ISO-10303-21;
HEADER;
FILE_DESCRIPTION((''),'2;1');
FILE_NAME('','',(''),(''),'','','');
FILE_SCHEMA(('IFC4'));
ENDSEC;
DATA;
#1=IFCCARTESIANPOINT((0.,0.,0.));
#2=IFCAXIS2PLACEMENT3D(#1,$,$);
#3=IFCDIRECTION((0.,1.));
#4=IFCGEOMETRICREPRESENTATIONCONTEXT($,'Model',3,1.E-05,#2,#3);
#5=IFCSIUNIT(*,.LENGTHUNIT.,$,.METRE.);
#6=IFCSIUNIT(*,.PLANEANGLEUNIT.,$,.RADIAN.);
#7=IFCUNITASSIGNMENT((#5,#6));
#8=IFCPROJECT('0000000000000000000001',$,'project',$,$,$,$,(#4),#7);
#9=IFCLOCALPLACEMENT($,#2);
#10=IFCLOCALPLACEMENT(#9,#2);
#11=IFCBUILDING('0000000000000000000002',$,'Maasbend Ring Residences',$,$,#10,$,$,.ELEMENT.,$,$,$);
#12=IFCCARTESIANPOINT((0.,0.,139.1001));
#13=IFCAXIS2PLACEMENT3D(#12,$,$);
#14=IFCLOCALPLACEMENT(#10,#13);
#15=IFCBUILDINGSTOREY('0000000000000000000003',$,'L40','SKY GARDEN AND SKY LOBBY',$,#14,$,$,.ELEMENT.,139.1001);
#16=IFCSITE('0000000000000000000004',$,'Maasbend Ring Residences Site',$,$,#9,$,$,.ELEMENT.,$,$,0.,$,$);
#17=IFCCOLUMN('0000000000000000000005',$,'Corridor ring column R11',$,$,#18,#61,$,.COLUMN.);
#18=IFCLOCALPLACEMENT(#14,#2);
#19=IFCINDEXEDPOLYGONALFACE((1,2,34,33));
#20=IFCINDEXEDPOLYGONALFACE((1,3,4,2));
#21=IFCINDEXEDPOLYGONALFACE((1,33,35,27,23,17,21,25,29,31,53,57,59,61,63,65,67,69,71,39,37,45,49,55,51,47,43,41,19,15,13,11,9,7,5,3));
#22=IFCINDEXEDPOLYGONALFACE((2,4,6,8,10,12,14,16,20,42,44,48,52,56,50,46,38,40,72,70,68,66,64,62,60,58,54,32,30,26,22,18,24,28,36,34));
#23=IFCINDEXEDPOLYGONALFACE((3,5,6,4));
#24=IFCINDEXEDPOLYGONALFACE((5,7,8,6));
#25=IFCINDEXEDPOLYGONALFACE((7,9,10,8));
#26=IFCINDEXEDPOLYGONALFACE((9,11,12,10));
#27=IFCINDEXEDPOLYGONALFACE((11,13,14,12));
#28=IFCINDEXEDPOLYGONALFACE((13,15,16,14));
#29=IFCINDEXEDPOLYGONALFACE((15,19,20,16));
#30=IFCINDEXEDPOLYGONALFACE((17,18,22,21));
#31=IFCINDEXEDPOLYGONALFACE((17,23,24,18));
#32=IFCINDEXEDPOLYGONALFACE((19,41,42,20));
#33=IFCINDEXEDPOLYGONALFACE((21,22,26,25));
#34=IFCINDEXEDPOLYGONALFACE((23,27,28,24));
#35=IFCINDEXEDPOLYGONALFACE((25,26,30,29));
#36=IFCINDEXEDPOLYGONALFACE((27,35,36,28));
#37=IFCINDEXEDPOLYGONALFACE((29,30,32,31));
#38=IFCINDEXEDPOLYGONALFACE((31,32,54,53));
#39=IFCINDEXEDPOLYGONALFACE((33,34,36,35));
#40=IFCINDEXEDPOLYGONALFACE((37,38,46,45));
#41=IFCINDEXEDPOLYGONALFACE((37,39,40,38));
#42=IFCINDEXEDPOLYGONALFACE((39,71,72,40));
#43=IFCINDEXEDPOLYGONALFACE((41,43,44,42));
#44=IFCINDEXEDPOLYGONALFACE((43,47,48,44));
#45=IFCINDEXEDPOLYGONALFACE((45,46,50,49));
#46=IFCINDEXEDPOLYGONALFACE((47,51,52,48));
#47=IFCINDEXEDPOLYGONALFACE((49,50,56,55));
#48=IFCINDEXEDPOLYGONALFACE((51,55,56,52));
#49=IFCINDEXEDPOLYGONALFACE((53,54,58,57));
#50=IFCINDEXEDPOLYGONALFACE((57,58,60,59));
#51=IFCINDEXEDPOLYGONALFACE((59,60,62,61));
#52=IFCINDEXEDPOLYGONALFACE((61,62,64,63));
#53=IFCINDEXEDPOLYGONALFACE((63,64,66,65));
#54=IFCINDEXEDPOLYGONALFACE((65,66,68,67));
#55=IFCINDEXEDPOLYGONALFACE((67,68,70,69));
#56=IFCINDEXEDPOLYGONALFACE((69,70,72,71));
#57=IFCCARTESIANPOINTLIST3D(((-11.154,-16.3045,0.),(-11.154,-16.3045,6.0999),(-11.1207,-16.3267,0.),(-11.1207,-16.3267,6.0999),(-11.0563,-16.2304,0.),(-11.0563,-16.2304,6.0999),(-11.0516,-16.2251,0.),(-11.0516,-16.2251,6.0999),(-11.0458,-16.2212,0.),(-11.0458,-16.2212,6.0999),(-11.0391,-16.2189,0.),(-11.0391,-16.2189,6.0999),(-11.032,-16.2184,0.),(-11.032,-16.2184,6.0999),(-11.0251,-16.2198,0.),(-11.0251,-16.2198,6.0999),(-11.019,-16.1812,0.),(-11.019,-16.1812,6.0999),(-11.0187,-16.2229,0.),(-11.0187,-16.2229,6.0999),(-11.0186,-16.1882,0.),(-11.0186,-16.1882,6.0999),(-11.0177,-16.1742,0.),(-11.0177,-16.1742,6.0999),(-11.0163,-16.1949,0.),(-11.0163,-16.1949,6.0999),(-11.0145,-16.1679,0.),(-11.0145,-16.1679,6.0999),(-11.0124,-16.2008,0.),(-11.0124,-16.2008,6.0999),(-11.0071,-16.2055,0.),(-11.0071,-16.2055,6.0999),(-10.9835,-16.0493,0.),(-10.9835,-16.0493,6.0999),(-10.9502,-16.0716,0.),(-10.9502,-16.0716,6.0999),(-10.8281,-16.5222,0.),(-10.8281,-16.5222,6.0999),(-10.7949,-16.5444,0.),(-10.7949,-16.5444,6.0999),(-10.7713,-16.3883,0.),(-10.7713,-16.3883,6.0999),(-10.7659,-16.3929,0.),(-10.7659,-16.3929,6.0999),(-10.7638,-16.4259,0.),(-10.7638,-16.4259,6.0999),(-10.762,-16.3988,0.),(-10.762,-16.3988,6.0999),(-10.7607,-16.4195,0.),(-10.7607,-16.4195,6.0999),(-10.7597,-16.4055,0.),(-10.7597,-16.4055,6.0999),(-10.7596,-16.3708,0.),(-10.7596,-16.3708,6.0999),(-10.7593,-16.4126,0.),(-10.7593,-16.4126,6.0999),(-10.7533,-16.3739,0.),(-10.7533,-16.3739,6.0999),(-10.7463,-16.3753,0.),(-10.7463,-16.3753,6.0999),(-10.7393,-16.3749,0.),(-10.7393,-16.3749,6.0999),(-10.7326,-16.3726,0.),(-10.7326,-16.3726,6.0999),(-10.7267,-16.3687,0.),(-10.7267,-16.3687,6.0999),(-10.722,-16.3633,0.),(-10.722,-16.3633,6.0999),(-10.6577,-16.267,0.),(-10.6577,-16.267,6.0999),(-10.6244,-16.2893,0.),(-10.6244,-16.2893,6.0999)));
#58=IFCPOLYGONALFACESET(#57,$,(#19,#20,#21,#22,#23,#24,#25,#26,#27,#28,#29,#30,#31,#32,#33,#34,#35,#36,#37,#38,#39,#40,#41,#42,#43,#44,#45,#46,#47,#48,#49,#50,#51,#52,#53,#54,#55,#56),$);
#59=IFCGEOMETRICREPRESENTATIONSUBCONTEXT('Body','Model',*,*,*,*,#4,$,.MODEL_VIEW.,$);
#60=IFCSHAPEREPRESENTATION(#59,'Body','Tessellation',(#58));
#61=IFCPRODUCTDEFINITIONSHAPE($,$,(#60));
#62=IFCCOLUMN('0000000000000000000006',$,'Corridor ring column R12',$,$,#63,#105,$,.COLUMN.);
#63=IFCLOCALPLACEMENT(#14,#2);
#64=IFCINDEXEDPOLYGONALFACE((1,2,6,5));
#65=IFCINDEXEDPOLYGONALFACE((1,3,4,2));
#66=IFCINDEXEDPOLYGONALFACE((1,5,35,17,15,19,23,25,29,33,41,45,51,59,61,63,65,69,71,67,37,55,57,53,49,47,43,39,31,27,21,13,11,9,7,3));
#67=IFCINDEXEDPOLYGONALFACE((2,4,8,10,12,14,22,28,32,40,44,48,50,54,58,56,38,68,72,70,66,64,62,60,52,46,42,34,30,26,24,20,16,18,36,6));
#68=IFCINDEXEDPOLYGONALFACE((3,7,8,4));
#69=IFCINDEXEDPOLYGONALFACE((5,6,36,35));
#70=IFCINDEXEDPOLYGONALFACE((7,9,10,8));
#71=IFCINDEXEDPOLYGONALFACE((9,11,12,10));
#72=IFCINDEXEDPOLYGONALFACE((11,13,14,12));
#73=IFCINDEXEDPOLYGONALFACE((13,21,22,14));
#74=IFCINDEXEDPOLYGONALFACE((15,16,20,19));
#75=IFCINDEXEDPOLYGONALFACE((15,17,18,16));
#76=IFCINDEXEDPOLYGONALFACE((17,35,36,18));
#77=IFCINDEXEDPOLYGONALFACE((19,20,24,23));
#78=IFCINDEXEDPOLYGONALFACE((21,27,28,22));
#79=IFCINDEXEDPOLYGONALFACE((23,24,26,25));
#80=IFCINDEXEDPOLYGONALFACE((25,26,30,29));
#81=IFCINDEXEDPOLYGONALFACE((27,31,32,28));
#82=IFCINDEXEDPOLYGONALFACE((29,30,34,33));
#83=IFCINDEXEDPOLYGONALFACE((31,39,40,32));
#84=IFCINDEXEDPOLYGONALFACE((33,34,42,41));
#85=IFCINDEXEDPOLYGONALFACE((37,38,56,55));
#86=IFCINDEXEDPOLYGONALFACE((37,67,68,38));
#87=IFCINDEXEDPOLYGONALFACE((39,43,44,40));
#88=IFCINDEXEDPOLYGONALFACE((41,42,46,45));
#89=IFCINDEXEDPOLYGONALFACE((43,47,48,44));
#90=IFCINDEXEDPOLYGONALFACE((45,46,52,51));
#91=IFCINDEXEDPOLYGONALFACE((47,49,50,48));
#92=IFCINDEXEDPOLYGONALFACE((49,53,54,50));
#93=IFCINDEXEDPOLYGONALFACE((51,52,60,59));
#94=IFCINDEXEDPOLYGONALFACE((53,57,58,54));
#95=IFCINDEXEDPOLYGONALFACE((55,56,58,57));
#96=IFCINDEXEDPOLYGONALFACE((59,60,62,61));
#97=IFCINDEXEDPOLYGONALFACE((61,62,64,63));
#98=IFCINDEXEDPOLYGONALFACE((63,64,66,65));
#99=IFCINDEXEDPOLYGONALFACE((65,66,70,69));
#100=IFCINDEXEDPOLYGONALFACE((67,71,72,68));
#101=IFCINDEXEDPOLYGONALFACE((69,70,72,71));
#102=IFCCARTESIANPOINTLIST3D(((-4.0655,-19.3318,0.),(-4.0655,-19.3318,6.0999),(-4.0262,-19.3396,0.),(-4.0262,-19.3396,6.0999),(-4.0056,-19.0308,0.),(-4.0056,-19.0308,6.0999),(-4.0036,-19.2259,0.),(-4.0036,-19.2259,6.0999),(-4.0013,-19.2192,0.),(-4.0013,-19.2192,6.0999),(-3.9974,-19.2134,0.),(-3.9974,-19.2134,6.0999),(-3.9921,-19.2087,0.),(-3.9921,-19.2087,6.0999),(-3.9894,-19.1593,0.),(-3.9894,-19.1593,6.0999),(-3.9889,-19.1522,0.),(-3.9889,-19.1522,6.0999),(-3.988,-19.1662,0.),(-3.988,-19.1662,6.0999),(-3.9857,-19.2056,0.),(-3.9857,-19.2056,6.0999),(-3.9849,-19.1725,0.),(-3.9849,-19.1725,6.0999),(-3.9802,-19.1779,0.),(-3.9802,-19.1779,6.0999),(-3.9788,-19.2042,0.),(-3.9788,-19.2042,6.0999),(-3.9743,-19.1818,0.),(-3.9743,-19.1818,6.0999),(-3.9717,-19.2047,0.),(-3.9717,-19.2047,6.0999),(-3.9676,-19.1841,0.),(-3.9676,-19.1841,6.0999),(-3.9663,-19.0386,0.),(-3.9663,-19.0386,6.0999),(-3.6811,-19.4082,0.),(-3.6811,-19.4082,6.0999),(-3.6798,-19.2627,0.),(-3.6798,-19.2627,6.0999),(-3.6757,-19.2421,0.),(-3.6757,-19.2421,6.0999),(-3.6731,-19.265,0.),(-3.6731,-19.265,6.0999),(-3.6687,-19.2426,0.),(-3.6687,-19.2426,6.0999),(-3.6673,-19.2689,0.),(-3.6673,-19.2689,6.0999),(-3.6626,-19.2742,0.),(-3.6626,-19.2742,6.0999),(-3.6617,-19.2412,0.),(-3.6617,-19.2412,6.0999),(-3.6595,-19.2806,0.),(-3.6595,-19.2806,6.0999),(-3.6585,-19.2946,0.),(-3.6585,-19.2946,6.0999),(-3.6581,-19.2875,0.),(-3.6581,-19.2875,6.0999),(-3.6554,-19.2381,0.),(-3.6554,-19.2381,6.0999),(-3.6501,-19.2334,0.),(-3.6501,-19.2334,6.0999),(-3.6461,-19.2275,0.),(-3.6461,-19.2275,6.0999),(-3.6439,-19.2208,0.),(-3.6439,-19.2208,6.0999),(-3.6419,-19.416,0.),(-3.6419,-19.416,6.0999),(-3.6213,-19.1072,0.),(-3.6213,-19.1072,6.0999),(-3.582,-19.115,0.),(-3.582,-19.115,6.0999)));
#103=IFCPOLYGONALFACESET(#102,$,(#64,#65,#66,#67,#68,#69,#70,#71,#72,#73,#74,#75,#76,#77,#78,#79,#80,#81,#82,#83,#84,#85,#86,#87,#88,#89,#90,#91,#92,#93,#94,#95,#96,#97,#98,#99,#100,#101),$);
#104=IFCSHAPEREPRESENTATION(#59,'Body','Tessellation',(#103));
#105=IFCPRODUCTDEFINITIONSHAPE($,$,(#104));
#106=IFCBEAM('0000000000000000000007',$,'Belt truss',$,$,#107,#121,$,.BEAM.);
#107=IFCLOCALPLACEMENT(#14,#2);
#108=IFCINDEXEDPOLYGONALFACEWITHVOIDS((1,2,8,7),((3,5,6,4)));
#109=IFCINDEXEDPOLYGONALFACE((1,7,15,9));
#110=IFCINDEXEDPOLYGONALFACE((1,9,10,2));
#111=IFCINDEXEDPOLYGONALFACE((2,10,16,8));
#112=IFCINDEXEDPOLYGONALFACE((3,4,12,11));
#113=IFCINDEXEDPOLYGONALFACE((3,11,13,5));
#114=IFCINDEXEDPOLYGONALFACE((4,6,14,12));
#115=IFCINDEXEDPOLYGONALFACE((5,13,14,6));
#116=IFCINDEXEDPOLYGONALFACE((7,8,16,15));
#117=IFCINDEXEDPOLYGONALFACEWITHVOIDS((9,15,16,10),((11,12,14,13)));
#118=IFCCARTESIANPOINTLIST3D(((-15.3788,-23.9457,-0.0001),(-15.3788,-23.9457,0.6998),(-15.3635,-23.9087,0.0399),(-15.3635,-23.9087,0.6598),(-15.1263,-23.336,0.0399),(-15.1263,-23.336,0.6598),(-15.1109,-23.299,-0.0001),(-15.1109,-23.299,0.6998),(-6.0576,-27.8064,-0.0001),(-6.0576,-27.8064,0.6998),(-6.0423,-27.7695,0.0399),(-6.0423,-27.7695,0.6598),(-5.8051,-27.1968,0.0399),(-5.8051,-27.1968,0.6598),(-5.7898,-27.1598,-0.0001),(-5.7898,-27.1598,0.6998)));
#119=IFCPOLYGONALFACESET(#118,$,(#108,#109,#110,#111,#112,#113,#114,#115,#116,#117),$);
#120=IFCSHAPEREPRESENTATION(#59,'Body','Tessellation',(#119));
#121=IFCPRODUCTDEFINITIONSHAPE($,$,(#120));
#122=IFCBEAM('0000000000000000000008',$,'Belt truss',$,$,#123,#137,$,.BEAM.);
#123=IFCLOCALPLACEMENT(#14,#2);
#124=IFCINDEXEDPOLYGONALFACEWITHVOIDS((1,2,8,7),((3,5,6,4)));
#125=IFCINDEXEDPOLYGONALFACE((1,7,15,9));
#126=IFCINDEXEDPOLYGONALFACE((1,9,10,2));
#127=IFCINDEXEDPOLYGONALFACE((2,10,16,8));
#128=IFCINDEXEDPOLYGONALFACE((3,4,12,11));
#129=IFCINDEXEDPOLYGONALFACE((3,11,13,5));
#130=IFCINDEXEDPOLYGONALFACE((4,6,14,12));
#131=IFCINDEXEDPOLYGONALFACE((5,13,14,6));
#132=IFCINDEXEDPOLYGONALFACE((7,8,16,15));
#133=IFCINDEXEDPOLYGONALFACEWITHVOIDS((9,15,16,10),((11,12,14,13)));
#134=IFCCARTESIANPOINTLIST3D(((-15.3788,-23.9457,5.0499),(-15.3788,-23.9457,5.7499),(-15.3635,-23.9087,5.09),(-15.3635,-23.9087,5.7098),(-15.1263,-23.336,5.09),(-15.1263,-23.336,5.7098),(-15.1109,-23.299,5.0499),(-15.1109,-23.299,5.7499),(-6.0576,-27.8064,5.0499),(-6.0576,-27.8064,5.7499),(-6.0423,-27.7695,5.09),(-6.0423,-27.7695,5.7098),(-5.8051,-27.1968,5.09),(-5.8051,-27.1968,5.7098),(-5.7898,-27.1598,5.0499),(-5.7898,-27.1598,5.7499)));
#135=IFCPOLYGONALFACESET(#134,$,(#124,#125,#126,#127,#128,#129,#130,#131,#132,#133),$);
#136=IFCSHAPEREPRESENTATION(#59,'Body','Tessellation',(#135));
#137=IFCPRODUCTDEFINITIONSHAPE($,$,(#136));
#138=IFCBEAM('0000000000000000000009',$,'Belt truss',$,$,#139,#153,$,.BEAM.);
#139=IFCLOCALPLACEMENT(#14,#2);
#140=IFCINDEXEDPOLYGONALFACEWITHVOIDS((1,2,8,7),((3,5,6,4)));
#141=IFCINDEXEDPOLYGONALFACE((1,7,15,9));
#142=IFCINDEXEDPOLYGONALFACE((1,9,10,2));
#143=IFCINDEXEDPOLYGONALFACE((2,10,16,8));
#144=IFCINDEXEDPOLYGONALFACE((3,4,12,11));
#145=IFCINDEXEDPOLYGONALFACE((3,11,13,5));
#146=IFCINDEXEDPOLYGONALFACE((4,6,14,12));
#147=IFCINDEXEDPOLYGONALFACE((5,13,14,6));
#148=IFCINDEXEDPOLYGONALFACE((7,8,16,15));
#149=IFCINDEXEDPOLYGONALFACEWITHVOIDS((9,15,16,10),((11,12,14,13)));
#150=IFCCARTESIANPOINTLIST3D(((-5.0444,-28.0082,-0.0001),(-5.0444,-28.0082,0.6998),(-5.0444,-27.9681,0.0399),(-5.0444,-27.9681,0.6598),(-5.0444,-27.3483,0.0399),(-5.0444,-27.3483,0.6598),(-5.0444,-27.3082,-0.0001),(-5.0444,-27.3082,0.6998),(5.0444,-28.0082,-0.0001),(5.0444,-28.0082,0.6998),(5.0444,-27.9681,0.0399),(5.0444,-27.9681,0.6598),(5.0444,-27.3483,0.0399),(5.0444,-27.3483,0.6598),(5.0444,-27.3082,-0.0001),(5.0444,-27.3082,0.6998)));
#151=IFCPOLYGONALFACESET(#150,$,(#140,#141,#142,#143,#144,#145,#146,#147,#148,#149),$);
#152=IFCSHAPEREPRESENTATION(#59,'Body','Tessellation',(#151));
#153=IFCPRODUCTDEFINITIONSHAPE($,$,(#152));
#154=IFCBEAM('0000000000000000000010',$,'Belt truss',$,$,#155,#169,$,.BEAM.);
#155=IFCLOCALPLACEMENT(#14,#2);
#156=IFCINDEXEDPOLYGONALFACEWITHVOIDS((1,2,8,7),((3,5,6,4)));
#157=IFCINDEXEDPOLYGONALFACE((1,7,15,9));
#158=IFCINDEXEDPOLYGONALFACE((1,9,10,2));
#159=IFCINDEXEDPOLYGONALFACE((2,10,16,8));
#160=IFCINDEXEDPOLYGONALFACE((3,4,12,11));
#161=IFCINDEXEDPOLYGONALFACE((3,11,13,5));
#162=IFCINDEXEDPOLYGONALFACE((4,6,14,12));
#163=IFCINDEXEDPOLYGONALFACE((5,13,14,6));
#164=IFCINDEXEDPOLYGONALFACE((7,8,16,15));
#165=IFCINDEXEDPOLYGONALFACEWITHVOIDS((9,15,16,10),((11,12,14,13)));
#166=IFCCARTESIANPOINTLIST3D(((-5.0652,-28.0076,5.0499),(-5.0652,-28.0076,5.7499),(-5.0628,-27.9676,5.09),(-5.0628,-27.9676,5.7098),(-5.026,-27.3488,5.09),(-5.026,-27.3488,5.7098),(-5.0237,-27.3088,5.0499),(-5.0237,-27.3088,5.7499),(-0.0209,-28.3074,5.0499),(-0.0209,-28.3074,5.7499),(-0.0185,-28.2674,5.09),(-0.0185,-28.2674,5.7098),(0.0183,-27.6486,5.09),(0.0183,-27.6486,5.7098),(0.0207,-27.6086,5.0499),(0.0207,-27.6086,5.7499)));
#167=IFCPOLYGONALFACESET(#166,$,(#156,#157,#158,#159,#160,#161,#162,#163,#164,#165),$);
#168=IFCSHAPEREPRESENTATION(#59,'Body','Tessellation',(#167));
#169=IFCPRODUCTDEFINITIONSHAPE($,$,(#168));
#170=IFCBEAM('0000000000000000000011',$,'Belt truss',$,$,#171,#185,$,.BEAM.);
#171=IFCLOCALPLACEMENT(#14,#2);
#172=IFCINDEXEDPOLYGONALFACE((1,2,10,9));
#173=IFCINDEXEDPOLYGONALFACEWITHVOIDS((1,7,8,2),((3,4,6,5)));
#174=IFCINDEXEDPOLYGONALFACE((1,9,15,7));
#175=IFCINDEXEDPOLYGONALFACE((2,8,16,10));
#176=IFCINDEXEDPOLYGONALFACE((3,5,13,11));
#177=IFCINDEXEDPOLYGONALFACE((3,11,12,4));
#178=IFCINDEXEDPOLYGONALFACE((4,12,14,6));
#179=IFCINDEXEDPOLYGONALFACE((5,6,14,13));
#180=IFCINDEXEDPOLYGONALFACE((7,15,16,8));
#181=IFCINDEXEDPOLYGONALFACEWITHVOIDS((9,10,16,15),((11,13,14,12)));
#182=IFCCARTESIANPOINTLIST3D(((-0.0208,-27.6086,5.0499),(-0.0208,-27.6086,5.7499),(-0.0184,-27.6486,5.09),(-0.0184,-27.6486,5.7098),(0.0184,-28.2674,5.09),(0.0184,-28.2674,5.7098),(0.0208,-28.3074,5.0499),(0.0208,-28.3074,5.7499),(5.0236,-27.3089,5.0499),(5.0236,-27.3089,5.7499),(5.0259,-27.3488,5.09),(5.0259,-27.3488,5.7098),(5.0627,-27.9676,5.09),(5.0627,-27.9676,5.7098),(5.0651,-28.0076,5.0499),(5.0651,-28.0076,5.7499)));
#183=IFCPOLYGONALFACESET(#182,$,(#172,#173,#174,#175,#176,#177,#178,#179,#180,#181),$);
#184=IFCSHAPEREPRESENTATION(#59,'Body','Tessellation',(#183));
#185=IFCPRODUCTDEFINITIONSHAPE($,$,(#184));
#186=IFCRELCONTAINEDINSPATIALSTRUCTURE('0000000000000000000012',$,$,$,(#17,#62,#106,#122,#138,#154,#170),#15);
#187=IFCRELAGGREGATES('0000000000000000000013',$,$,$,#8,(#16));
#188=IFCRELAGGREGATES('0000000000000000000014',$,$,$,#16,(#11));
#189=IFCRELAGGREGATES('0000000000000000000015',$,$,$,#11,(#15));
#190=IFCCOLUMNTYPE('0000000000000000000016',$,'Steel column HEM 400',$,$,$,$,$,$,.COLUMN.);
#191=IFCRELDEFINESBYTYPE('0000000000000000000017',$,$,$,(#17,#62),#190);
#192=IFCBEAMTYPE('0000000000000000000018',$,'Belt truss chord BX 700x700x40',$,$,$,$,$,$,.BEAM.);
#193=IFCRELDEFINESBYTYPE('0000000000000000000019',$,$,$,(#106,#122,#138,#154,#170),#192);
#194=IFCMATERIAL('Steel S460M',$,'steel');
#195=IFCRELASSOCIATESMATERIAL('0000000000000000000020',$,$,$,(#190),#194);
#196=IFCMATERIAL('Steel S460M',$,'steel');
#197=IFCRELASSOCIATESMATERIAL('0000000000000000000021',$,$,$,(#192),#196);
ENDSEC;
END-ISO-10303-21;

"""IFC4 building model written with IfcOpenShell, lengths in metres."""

from ifc_helpers import new_model, si_unit, direction, frame, origin, origin_2d, place, context, subcontext, project, spatial, hollow_rectangle, i_section, extrude, material, material_profile, profile_set, type_object, element, save


model = new_model("IFC4")

# Units and contexts
model_context = context("Model", 3, precision=1e-05, world=origin(), true_north=direction((0.0, 1.0)))
body_context = subcontext(model_context, "Body", "Model", "MODEL_VIEW")
ifc_project = project(units=[si_unit("LENGTHUNIT", "METRE"), si_unit("PLANEANGLEUNIT", "RADIAN")], contexts=[model_context])

# Site, building, storey
site_placement = place(None, origin())
site = spatial("IfcSite", under=ifc_project, at=site_placement, Name="Maasbend Ring Residences Site", CompositionType="ELEMENT", RefElevation=0.0)
building_placement = place(site_placement, origin())
building = spatial("IfcBuilding", under=site, at=building_placement, Name="Maasbend Ring Residences", CompositionType="ELEMENT")
storey_placement = place(building_placement, frame((0.0, 0.0, 139.1001)))
storey = spatial("IfcBuildingStorey", under=building, at=storey_placement, Name="L40", Description="SKY GARDEN AND SKY LOBBY", CompositionType="ELEMENT", Elevation=139.1001)

# Columns
ifc_material_1 = material(Name="Steel S460M", Category="steel")
ifc_material_profile_1 = material_profile(ifc_material_1, i_section(OverallWidth=0.3069, OverallDepth=0.4319, WebThickness=0.021, FlangeThickness=0.04, FilletRadius=0.0271, at=origin_2d()), Name="HEM 400")
ifc_profile_set_1 = profile_set([ifc_material_profile_1], Name="Steel S460M")
column_type_1 = type_object("IfcColumnType", Name="Steel column HEM 400", PredefinedType="COLUMN", material=ifc_profile_set_1)
for number, where, z_axis, x_axis, name in (
    (1, (-10.8892, -16.2969, 0.0), (0.0, 0.0, 1.0), (-0.55557, -0.83147, 0.0), "Corridor ring column R11"),
    (2, (-3.8237, -19.2234, 0.0), (0.0, 0.0, 1.0), (-0.19509, -0.980785, 0.0), "Corridor ring column R12"),
):
    element("IfcColumn", number, at=place(storey_placement, frame(where, z_axis=z_axis, x_axis=x_axis)), inside=storey, type_object=column_type_1, Name=name, PredefinedType="COLUMN", context=body_context, shape_type="SweptSolid", body=[
        extrude(i_section(OverallWidth=0.3069, OverallDepth=0.4319, WebThickness=0.021, FlangeThickness=0.04, FilletRadius=0.0271, at=origin_2d()), origin(), (0.0, 0.0, 1.0), 6.0999),
    ])

# Beams
ifc_material_2 = material(Name="Steel S460M", Category="steel")
ifc_material_profile_2 = material_profile(ifc_material_2, hollow_rectangle(XDim=0.7, YDim=0.7, WallThickness=0.04, at=origin_2d()), Name="Belt truss chord BX 700x700x40")
ifc_profile_set_2 = profile_set([ifc_material_profile_2], Name="Steel S460M")
beam_type_1 = type_object("IfcBeamType", Name="Belt truss chord BX 700x700x40", PredefinedType="BEAM", material=ifc_profile_set_2)
for number, where, z_axis, x_axis, name in (
    (3, (-15.2449, -23.6223, 0.3499), (0.923885, -0.38267, 0.0), (0.38267, 0.923885, 0.0), "Belt truss"),
    (4, (-15.2449, -23.6223, 5.3999), (0.923885, -0.38267, 0.0), (0.38267, 0.923885, 0.0), "Belt truss"),
):
    element("IfcBeam", number, at=place(storey_placement, frame(where, z_axis=z_axis, x_axis=x_axis)), inside=storey, type_object=beam_type_1, Name=name, PredefinedType="BEAM", context=body_context, shape_type="SweptSolid", body=[
        extrude(hollow_rectangle(XDim=0.7, YDim=0.7, WallThickness=0.04, at=origin_2d()), origin(), (0.0, 0.0, 1.0), 10.0891),
    ])
beam_placement = place(storey_placement, frame((-5.0444, -27.6582, 0.3499), z_axis=(1.0, 0.0, 0.0), x_axis=(0.0, 1.0, 0.0)))
element("IfcBeam", 5, at=beam_placement, inside=storey, type_object=beam_type_1, Name="Belt truss", PredefinedType="BEAM", context=body_context, shape_type="SweptSolid", body=[
    extrude(hollow_rectangle(XDim=0.7, YDim=0.7, WallThickness=0.04, at=origin_2d()), origin(), (0.0, 0.0, 1.0), 10.0889),
])
for number, where, z_axis, x_axis, name in (
    (6, (-5.0444, -27.6582, 5.3999), (0.998239, -0.059328, 0.0), (0.059328, 0.998239, 0.0), "Belt truss"),
    (7, (0.0, -27.958, 5.3999), (0.998239, 0.059328, 0.0), (-0.059328, 0.998239, 0.0), "Belt truss"),
):
    element("IfcBeam", number, at=place(storey_placement, frame(where, z_axis=z_axis, x_axis=x_axis)), inside=storey, type_object=beam_type_1, Name=name, PredefinedType="BEAM", context=body_context, shape_type="SweptSolid", body=[
        extrude(hollow_rectangle(XDim=0.7, YDim=0.7, WallThickness=0.04, at=origin_2d()), origin(), (0.0, 0.0, 1.0), 5.0532),
    ])

save(model, "model.ifc")
